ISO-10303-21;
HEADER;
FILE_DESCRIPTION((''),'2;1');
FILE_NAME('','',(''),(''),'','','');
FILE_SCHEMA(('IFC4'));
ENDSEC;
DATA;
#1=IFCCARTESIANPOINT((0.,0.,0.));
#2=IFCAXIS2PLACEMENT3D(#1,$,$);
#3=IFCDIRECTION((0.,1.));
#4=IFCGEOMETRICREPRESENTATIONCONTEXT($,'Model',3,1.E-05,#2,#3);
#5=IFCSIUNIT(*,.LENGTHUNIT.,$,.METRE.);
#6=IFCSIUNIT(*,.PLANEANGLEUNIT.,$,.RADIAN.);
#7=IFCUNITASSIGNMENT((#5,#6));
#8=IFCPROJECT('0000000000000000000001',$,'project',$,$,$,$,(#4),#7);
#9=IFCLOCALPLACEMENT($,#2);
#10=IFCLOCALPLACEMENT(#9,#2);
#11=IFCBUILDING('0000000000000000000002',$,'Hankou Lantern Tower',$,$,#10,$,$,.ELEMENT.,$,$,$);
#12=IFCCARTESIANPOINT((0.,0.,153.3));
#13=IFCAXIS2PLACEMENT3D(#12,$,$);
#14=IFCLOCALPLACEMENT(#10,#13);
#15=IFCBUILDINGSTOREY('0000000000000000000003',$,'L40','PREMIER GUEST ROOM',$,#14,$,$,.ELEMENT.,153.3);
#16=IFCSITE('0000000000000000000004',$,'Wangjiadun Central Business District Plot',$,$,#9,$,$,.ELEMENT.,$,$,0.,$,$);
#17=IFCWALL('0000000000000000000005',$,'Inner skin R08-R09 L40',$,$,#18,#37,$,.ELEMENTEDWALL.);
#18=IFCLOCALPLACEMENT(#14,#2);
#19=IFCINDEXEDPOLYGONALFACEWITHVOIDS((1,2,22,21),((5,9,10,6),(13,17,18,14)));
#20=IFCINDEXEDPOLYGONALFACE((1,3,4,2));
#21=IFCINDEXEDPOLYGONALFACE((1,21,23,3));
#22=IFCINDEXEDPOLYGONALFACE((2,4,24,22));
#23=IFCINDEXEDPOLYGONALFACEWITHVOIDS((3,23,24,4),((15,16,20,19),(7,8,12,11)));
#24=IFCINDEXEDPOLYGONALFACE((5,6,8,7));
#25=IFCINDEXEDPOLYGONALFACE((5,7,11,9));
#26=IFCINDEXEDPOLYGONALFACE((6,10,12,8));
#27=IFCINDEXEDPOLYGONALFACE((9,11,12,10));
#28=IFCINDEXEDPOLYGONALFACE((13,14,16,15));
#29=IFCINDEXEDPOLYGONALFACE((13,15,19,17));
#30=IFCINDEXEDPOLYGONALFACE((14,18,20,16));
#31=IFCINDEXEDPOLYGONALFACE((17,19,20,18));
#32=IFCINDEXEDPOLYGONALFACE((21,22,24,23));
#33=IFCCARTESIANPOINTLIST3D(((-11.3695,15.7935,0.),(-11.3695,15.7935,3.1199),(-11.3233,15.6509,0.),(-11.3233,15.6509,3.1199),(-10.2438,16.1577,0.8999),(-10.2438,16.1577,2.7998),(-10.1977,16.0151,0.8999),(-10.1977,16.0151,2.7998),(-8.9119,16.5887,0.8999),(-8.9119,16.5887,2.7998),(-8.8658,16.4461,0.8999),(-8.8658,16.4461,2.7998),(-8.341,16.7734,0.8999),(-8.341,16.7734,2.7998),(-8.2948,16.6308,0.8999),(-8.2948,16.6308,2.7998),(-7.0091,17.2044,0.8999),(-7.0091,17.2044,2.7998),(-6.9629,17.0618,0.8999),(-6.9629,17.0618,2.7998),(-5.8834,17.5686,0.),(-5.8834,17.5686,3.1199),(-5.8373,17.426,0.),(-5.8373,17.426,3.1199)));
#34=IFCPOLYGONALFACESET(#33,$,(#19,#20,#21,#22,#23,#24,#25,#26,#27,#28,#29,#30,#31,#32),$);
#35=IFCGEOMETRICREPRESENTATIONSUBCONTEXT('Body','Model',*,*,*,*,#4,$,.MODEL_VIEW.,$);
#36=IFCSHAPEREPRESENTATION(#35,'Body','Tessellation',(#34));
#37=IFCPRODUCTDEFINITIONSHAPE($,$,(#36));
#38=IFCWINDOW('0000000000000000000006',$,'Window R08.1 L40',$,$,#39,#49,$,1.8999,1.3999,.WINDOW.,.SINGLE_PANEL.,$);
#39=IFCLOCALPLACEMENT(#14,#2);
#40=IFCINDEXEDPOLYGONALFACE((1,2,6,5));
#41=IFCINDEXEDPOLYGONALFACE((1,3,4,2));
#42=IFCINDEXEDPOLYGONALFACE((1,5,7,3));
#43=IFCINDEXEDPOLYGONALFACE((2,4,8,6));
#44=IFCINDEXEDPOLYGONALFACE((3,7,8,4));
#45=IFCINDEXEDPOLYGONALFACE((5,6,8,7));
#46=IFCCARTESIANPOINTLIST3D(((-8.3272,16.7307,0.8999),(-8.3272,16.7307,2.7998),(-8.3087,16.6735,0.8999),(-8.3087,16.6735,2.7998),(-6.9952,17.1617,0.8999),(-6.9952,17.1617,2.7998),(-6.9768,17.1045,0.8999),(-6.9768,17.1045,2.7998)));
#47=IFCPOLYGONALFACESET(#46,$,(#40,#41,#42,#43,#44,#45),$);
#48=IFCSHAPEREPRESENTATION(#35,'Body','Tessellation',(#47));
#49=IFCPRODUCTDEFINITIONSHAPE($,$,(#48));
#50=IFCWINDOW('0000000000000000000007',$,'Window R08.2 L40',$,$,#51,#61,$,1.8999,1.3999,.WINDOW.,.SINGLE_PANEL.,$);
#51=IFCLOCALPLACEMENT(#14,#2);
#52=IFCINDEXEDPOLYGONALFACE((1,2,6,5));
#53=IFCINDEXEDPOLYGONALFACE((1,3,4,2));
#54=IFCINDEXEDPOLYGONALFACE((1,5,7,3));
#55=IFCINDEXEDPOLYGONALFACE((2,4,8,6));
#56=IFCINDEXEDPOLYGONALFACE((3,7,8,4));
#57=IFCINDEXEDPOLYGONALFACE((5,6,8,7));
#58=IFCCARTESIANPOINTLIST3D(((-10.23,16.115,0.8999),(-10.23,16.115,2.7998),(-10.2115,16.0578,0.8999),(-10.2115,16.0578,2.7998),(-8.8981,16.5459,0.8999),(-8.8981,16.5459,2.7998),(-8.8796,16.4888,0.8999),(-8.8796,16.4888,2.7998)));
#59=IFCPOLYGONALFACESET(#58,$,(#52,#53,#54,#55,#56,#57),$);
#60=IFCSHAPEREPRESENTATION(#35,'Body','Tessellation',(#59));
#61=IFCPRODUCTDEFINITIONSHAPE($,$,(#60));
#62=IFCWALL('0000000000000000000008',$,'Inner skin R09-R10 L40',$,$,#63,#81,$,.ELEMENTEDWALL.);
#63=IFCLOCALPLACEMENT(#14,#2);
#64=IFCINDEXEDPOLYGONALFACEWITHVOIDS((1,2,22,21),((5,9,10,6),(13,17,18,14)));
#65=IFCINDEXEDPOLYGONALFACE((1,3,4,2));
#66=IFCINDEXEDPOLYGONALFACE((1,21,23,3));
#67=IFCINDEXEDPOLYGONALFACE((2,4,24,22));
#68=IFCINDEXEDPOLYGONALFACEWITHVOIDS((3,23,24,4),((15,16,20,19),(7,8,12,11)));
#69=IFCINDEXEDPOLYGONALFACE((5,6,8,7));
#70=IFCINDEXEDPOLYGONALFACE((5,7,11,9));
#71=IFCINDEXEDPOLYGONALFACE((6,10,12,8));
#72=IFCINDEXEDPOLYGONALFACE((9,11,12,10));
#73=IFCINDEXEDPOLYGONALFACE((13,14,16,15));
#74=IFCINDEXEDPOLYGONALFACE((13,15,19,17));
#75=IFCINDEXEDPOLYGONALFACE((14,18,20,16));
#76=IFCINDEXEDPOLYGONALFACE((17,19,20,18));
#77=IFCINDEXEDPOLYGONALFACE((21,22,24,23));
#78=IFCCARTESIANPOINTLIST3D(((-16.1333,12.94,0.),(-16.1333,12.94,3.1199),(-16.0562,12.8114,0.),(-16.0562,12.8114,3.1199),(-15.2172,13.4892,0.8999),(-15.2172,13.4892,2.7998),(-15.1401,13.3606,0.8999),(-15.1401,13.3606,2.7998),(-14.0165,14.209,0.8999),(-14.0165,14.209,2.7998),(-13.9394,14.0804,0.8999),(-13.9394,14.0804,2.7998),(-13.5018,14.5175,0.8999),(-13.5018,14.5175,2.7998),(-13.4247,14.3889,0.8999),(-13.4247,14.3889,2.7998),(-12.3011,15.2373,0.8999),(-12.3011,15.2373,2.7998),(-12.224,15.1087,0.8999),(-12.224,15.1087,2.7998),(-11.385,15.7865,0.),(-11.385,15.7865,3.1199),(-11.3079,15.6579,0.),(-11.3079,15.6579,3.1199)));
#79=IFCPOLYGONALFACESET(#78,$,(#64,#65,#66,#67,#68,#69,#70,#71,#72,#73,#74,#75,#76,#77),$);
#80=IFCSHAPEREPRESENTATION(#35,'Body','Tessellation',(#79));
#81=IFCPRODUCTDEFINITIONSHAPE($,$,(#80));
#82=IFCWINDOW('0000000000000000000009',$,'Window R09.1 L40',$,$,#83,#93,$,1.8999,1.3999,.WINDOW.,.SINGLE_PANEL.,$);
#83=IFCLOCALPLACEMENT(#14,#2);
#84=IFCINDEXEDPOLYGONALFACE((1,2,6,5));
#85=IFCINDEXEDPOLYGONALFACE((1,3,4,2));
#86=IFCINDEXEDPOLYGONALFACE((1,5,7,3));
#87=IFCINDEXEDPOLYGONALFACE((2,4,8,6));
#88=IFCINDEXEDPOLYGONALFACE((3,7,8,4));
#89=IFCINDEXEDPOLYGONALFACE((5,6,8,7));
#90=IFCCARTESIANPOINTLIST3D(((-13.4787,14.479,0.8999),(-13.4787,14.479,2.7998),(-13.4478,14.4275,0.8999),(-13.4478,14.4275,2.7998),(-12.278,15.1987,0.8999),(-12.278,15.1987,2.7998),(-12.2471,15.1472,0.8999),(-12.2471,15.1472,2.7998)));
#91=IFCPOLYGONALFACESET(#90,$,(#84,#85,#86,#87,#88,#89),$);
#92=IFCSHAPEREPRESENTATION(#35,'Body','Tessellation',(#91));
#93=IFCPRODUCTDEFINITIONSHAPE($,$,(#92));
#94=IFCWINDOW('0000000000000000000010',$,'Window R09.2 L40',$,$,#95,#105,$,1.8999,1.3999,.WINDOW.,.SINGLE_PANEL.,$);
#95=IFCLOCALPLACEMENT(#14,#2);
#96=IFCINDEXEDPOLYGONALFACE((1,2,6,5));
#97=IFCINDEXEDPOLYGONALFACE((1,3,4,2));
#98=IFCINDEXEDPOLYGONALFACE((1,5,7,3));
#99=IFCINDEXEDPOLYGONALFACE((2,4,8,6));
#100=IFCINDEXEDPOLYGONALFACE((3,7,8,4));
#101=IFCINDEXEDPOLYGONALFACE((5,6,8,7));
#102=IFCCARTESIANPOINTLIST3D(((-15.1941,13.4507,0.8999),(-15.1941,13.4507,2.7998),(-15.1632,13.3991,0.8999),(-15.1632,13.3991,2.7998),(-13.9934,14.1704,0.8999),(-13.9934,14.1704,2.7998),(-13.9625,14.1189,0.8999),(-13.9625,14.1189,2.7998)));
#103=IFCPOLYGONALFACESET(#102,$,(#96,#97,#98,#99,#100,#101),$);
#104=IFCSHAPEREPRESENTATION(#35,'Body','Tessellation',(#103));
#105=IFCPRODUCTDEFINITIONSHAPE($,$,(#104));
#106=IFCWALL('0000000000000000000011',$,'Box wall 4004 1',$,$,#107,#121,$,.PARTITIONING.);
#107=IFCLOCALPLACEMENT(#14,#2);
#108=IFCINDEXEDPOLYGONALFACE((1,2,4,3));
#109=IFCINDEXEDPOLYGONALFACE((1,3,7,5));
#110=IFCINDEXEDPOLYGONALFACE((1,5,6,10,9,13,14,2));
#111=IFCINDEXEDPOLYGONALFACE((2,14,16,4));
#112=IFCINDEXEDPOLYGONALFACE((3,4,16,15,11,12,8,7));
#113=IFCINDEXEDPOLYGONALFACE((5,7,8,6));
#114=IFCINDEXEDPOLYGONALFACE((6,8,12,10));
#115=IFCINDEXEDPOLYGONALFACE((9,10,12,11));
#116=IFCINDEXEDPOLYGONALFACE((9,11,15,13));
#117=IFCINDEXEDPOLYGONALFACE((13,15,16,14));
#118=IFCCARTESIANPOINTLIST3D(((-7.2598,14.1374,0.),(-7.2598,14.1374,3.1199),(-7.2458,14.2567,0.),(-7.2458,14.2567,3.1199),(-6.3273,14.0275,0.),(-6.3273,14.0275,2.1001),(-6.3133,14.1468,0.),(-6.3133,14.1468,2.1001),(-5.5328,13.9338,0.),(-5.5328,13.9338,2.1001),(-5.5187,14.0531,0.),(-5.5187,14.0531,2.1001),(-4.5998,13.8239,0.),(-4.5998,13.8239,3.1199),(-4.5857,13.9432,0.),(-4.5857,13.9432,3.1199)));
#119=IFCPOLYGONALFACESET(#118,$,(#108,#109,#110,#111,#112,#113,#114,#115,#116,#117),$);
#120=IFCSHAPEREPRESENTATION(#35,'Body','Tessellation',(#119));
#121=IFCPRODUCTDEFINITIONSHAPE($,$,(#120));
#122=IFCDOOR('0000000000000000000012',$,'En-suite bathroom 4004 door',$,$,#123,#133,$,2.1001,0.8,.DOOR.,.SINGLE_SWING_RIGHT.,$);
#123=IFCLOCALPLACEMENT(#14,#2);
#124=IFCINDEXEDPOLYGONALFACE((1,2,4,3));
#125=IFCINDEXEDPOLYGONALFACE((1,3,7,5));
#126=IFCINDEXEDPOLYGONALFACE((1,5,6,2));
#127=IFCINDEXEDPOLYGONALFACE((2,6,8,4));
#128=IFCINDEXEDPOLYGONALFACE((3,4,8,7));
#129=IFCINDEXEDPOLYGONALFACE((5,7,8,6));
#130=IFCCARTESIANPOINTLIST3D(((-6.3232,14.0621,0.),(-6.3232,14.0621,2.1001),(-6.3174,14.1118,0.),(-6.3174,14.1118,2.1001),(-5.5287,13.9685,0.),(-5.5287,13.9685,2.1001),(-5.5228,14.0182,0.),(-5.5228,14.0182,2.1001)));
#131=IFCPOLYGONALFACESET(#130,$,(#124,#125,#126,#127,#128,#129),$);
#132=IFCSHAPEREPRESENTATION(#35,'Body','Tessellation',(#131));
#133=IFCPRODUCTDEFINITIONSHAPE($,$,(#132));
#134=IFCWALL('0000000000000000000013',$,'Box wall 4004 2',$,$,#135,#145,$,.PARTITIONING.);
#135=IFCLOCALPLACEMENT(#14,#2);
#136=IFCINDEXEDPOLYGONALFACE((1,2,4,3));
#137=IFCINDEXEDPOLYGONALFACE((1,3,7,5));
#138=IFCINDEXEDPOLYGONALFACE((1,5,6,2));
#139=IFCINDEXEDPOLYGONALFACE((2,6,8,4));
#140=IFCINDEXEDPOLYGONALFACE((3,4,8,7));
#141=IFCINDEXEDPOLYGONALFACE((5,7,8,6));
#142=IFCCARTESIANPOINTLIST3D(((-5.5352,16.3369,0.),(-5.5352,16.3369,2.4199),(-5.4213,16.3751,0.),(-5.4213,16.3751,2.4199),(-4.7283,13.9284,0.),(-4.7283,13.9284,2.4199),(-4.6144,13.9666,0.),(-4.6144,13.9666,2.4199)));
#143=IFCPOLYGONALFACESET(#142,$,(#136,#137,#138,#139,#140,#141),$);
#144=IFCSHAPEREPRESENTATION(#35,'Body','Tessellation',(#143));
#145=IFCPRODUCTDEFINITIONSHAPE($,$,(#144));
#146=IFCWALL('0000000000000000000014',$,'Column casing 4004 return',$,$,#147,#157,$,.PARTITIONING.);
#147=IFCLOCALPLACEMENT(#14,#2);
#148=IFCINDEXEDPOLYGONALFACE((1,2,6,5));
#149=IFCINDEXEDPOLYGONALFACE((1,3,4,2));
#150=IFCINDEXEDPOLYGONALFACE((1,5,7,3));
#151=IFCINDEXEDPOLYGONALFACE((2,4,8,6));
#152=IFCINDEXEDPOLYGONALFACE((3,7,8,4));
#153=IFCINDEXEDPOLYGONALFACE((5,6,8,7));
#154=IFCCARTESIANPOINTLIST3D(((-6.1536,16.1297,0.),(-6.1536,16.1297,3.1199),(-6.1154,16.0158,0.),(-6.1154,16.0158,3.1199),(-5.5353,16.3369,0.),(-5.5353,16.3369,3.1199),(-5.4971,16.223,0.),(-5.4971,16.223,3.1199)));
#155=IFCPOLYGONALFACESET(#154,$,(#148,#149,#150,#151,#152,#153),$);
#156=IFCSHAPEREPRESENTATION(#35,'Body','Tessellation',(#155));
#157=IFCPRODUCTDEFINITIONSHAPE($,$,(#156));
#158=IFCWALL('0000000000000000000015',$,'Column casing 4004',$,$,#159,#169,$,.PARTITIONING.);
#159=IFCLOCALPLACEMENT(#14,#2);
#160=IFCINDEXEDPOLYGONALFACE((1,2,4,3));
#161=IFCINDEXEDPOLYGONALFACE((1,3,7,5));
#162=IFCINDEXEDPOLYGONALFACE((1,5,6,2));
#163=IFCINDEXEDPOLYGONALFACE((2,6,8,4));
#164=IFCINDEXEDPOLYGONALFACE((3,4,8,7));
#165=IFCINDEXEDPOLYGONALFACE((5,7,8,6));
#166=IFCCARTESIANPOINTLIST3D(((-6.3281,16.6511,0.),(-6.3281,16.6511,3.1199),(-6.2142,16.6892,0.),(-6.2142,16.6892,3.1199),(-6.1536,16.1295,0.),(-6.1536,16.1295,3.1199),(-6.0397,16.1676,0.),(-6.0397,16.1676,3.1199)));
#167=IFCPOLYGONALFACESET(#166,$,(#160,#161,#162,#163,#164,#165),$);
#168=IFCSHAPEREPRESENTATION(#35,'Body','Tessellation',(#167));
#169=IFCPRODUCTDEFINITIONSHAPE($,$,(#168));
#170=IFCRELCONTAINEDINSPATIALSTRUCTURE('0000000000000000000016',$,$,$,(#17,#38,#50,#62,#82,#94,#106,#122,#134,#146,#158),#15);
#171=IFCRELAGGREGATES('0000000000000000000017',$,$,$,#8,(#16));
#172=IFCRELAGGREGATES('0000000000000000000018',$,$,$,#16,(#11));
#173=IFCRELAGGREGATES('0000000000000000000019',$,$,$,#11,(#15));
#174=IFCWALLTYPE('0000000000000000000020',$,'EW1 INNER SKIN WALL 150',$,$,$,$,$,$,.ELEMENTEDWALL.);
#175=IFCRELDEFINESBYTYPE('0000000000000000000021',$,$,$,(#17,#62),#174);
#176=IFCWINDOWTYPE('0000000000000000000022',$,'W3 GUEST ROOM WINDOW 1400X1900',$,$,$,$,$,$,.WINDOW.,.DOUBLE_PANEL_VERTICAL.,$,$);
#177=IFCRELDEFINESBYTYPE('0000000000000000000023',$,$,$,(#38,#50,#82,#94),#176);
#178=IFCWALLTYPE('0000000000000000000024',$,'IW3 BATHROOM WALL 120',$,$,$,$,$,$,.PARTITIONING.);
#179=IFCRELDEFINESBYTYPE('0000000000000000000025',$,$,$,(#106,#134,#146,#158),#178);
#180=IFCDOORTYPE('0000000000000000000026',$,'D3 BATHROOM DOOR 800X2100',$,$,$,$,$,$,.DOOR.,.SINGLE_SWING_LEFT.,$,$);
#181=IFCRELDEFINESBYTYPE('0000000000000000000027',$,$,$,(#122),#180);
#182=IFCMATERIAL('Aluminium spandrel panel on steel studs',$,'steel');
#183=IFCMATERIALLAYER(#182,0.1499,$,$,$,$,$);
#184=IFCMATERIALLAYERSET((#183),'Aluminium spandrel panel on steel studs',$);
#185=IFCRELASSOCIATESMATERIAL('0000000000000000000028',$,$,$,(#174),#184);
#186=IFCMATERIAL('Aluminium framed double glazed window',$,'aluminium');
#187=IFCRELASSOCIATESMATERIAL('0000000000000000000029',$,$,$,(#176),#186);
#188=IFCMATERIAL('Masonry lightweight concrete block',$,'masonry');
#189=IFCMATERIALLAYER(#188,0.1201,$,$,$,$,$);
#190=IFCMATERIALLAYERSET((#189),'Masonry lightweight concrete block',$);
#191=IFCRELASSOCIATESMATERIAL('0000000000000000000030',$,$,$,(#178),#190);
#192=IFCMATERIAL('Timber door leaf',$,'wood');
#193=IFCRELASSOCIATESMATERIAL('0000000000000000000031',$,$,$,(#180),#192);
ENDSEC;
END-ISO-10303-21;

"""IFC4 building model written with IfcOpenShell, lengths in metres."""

from ifc_helpers import new_model, si_unit, direction, frame, frame_2d, origin, place, context, subcontext, project, spatial, rectangle, extrude, material, layer, layer_set, type_object, element, fill, save


model = new_model("IFC4")

# Units and contexts
model_context = context("Model", 3, precision=1e-05, world=origin(), true_north=direction((0.0, 1.0)))
body_context = subcontext(model_context, "Body", "Model", "MODEL_VIEW")
ifc_project = project(units=[si_unit("LENGTHUNIT", "METRE"), si_unit("PLANEANGLEUNIT", "RADIAN")], contexts=[model_context])

# Site, building, storey
site_placement = place(None, origin())
site = spatial("IfcSite", under=ifc_project, at=site_placement, Name="Wangjiadun Central Business District Plot", CompositionType="ELEMENT", RefElevation=0.0)
building_placement = place(site_placement, origin())
building = spatial("IfcBuilding", under=site, at=building_placement, Name="Hankou Lantern Tower", CompositionType="ELEMENT")
storey_placement = place(building_placement, frame((0.0, 0.0, 153.3)))
storey = spatial("IfcBuildingStorey", under=building, at=storey_placement, Name="L40", Description="PREMIER GUEST ROOM", CompositionType="ELEMENT", Elevation=153.3)

# Walls, openings, windows
ifc_material_1 = material(Name="Aluminium spandrel panel on steel studs", Category="steel")
ifc_layer_1 = layer(ifc_material_1, 0.1499)
ifc_layer_set_1 = layer_set([ifc_layer_1], Name="Aluminium spandrel panel on steel studs")
wall_type_1 = type_object("IfcWallType", Name="EW1 INNER SKIN WALL 150", PredefinedType="ELEMENTEDWALL", material=ifc_layer_set_1)
wall_1_placement = place(storey_placement, frame((-5.8604, 17.4973, 0.0), z_axis=(0.0, 0.0, 1.0), x_axis=(-0.951432, -0.307857, 0.0)))
wall_1 = element("IfcWall", 1, at=wall_1_placement, inside=storey, type_object=wall_type_1, Name="Inner skin R08-R09 L40", PredefinedType="ELEMENTEDWALL", context=body_context, shape_type="SweptSolid", body=[
    extrude(rectangle(XDim=5.7661, YDim=0.1499, at=frame_2d((2.8831, 0.0))), origin(), (0.0, 0.0, 1.0), 3.1199),
])
opening_1_placement = place(wall_1_placement, frame((1.1831, 0.0, 0.8999)))
opening_1 = element("IfcOpeningElement", 2, at=opening_1_placement, cuts=wall_1, PredefinedType="OPENING", context=body_context, shape_type="SweptSolid", body=[
    extrude(rectangle(XDim=1.3999, YDim=1.8999, at=frame_2d((0.7, 0.95))), frame((0.0, 0.085, 0.0), z_axis=(0.0, -1.0, 0.0), x_axis=(1.0, 0.0, 0.0)), (0.0, 0.0, 1.0), 0.1699),
])
opening_2_placement = place(wall_1_placement, frame((3.1831, 0.0, 0.8999)))
opening_2 = element("IfcOpeningElement", 3, at=opening_2_placement, cuts=wall_1, PredefinedType="OPENING", context=body_context, shape_type="SweptSolid", body=[
    extrude(rectangle(XDim=1.3999, YDim=1.8999, at=frame_2d((0.7, 0.95))), frame((0.0, 0.085, 0.0), z_axis=(0.0, -1.0, 0.0), x_axis=(1.0, 0.0, 0.0)), (0.0, 0.0, 1.0), 0.1699),
])
ifc_material_2 = material(Name="Aluminium framed double glazed window", Category="aluminium")
window_type = type_object("IfcWindowType", Name="W3 GUEST ROOM WINDOW 1400X1900", PartitioningType="DOUBLE_PANEL_VERTICAL", PredefinedType="WINDOW", material=ifc_material_2)
window_1_placement = place(opening_1_placement, origin())
window_1 = element("IfcWindow", 4, at=window_1_placement, inside=storey, type_object=window_type, Name="Window R08.1 L40", OverallHeight=1.8999, OverallWidth=1.3999, PartitioningType="SINGLE_PANEL", PredefinedType="WINDOW", context=body_context, shape_type="SweptSolid", body=[
    extrude(rectangle(XDim=1.3999, YDim=1.8999, at=frame_2d((0.7, 0.95))), frame((0.0, 0.03, 0.0), z_axis=(0.0, -1.0, 0.0), x_axis=(1.0, 0.0, 0.0)), (0.0, 0.0, 1.0), 0.0601),
])
fill(opening_1, window_1)
window_2_placement = place(opening_2_placement, origin())
window_2 = element("IfcWindow", 5, at=window_2_placement, inside=storey, type_object=window_type, Name="Window R08.2 L40", OverallHeight=1.8999, OverallWidth=1.3999, PartitioningType="SINGLE_PANEL", PredefinedType="WINDOW", context=body_context, shape_type="SweptSolid", body=[
    extrude(rectangle(XDim=1.3999, YDim=1.8999, at=frame_2d((0.7, 0.95))), frame((0.0, 0.03, 0.0), z_axis=(0.0, -1.0, 0.0), x_axis=(1.0, 0.0, 0.0)), (0.0, 0.0, 1.0), 0.0601),
])
fill(opening_2, window_2)
wall_2_placement = place(storey_placement, frame((-11.3464, 15.7222, 0.0), z_axis=(0.0, 0.0, 1.0), x_axis=(-0.857695, -0.514158, 0.0)))
wall_2 = element("IfcWall", 6, at=wall_2_placement, inside=storey, type_object=wall_type_1, Name="Inner skin R09-R10 L40", PredefinedType="ELEMENTEDWALL", context=body_context, shape_type="SweptSolid", body=[
    extrude(rectangle(XDim=5.5361, YDim=0.1499, at=frame_2d((2.7681, 0.0))), origin(), (0.0, 0.0, 1.0), 3.1199),
])
opening_3_placement = place(wall_2_placement, frame((1.0681, 0.0, 0.8999)))
opening_3 = element("IfcOpeningElement", 7, at=opening_3_placement, cuts=wall_2, PredefinedType="OPENING", context=body_context, shape_type="SweptSolid", body=[
    extrude(rectangle(XDim=1.3999, YDim=1.8999, at=frame_2d((0.7, 0.95))), frame((0.0, 0.085, 0.0), z_axis=(0.0, -1.0, 0.0), x_axis=(1.0, 0.0, 0.0)), (0.0, 0.0, 1.0), 0.1699),
])
opening_4_placement = place(wall_2_placement, frame((3.0681, 0.0, 0.8999)))
opening_4 = element("IfcOpeningElement", 8, at=opening_4_placement, cuts=wall_2, PredefinedType="OPENING", context=body_context, shape_type="SweptSolid", body=[
    extrude(rectangle(XDim=1.3999, YDim=1.8999, at=frame_2d((0.7, 0.95))), frame((0.0, 0.085, 0.0), z_axis=(0.0, -1.0, 0.0), x_axis=(1.0, 0.0, 0.0)), (0.0, 0.0, 1.0), 0.1699),
])
window_3_placement = place(opening_3_placement, origin())
window_3 = element("IfcWindow", 9, at=window_3_placement, inside=storey, type_object=window_type, Name="Window R09.1 L40", OverallHeight=1.8999, OverallWidth=1.3999, PartitioningType="SINGLE_PANEL", PredefinedType="WINDOW", context=body_context, shape_type="SweptSolid", body=[
    extrude(rectangle(XDim=1.3999, YDim=1.8999, at=frame_2d((0.7, 0.95))), frame((0.0, 0.03, 0.0), z_axis=(0.0, -1.0, 0.0), x_axis=(1.0, 0.0, 0.0)), (0.0, 0.0, 1.0), 0.0601),
])
fill(opening_3, window_3)
window_4_placement = place(opening_4_placement, origin())
window_4 = element("IfcWindow", 10, at=window_4_placement, inside=storey, type_object=window_type, Name="Window R09.2 L40", OverallHeight=1.8999, OverallWidth=1.3999, PartitioningType="SINGLE_PANEL", PredefinedType="WINDOW", context=body_context, shape_type="SweptSolid", body=[
    extrude(rectangle(XDim=1.3999, YDim=1.8999, at=frame_2d((0.7, 0.95))), frame((0.0, 0.03, 0.0), z_axis=(0.0, -1.0, 0.0), x_axis=(1.0, 0.0, 0.0)), (0.0, 0.0, 1.0), 0.0601),
])
fill(opening_4, window_4)

# Wall, opening, door
ifc_material_3 = material(Name="Masonry lightweight concrete block", Category="masonry")
ifc_layer_2 = layer(ifc_material_3, 0.1201)
ifc_layer_set_2 = layer_set([ifc_layer_2], Name="Masonry lightweight concrete block")
wall_type_2 = type_object("IfcWallType", Name="IW3 BATHROOM WALL 120", PredefinedType="PARTITIONING", material=ifc_layer_set_2)
wall_3_placement = place(storey_placement, frame((-7.2529, 14.197, 0.0), z_axis=(0.0, 0.0, 1.0), x_axis=(0.993128, -0.117032, 0.0)))
wall_3 = element("IfcWall", 11, at=wall_3_placement, inside=storey, type_object=wall_type_2, Name="Box wall 4004 1", PredefinedType="PARTITIONING", context=body_context, shape_type="SweptSolid", body=[
    extrude(rectangle(XDim=2.6785, YDim=0.1201, at=frame_2d((1.3394, 0.0))), origin(), (0.0, 0.0, 1.0), 3.1199),
])
opening_5_placement = place(wall_3_placement, frame((0.9392, 0.0, 0.0)))
opening_5 = element("IfcOpeningElement", 12, at=opening_5_placement, cuts=wall_3, PredefinedType="OPENING", context=body_context, shape_type="SweptSolid", body=[
    extrude(rectangle(XDim=0.8, YDim=2.1001, at=frame_2d((0.3999, 1.05))), frame((0.0, 0.0701, 0.0), z_axis=(0.0, -1.0, 0.0), x_axis=(1.0, 0.0, 0.0)), (0.0, 0.0, 1.0), 0.1401),
])
ifc_material_4 = material(Name="Timber door leaf", Category="wood")
door_type = type_object("IfcDoorType", Name="D3 BATHROOM DOOR 800X2100", OperationType="SINGLE_SWING_LEFT", PredefinedType="DOOR", material=ifc_material_4)
door_placement = place(opening_5_placement, origin())
door = element("IfcDoor", 13, at=door_placement, inside=storey, type_object=door_type, Name="En-suite bathroom 4004 door", OperationType="SINGLE_SWING_RIGHT", OverallHeight=2.1001, OverallWidth=0.8, PredefinedType="DOOR", context=body_context, shape_type="SweptSolid", body=[
    extrude(rectangle(XDim=0.8, YDim=2.1001, at=frame_2d((0.3999, 1.05))), frame((0.0, 0.0249, 0.0), z_axis=(0.0, -1.0, 0.0), x_axis=(1.0, 0.0, 0.0)), (0.0, 0.0, 1.0), 0.05),
])
fill(opening_5, door)

# Walls
wall_4_placement = place(storey_placement, frame((-4.6714, 13.9475, 0.0), z_axis=(0.0, 0.0, 1.0), x_axis=(-0.317669, 0.948202, 0.0)))
element("IfcWall", 14, at=wall_4_placement, inside=storey, type_object=wall_type_2, Name="Box wall 4004 2", PredefinedType="PARTITIONING", context=body_context, shape_type="SweptSolid", body=[
    extrude(rectangle(XDim=2.54, YDim=0.1201, at=frame_2d((1.27, 0.0))), origin(), (0.0, 0.0, 1.0), 2.4199),
])
wall_5_placement = place(storey_placement, frame((-5.5161, 16.28, 0.0), z_axis=(0.0, 0.0, 1.0), x_axis=(-0.948158, -0.317799, 0.0)))
element("IfcWall", 15, at=wall_5_placement, inside=storey, type_object=wall_type_2, Name="Column casing 4004 return", PredefinedType="PARTITIONING", context=body_context, shape_type="SweptSolid", body=[
    extrude(rectangle(XDim=0.6521, YDim=0.1201, at=frame_2d((0.3262, 0.0))), origin(), (0.0, 0.0, 1.0), 3.1199),
])
wall_6_placement = place(storey_placement, frame((-6.0967, 16.1487, 0.0), z_axis=(0.0, 0.0, 1.0), x_axis=(-0.317293, 0.948328, 0.0)))
element("IfcWall", 16, at=wall_6_placement, inside=storey, type_object=wall_type_2, Name="Column casing 4004", PredefinedType="PARTITIONING", context=body_context, shape_type="SweptSolid", body=[
    extrude(rectangle(XDim=0.55, YDim=0.1201, at=frame_2d((0.2749, 0.0))), origin(), (0.0, 0.0, 1.0), 3.1199),
])

save(model, "model.ifc")
